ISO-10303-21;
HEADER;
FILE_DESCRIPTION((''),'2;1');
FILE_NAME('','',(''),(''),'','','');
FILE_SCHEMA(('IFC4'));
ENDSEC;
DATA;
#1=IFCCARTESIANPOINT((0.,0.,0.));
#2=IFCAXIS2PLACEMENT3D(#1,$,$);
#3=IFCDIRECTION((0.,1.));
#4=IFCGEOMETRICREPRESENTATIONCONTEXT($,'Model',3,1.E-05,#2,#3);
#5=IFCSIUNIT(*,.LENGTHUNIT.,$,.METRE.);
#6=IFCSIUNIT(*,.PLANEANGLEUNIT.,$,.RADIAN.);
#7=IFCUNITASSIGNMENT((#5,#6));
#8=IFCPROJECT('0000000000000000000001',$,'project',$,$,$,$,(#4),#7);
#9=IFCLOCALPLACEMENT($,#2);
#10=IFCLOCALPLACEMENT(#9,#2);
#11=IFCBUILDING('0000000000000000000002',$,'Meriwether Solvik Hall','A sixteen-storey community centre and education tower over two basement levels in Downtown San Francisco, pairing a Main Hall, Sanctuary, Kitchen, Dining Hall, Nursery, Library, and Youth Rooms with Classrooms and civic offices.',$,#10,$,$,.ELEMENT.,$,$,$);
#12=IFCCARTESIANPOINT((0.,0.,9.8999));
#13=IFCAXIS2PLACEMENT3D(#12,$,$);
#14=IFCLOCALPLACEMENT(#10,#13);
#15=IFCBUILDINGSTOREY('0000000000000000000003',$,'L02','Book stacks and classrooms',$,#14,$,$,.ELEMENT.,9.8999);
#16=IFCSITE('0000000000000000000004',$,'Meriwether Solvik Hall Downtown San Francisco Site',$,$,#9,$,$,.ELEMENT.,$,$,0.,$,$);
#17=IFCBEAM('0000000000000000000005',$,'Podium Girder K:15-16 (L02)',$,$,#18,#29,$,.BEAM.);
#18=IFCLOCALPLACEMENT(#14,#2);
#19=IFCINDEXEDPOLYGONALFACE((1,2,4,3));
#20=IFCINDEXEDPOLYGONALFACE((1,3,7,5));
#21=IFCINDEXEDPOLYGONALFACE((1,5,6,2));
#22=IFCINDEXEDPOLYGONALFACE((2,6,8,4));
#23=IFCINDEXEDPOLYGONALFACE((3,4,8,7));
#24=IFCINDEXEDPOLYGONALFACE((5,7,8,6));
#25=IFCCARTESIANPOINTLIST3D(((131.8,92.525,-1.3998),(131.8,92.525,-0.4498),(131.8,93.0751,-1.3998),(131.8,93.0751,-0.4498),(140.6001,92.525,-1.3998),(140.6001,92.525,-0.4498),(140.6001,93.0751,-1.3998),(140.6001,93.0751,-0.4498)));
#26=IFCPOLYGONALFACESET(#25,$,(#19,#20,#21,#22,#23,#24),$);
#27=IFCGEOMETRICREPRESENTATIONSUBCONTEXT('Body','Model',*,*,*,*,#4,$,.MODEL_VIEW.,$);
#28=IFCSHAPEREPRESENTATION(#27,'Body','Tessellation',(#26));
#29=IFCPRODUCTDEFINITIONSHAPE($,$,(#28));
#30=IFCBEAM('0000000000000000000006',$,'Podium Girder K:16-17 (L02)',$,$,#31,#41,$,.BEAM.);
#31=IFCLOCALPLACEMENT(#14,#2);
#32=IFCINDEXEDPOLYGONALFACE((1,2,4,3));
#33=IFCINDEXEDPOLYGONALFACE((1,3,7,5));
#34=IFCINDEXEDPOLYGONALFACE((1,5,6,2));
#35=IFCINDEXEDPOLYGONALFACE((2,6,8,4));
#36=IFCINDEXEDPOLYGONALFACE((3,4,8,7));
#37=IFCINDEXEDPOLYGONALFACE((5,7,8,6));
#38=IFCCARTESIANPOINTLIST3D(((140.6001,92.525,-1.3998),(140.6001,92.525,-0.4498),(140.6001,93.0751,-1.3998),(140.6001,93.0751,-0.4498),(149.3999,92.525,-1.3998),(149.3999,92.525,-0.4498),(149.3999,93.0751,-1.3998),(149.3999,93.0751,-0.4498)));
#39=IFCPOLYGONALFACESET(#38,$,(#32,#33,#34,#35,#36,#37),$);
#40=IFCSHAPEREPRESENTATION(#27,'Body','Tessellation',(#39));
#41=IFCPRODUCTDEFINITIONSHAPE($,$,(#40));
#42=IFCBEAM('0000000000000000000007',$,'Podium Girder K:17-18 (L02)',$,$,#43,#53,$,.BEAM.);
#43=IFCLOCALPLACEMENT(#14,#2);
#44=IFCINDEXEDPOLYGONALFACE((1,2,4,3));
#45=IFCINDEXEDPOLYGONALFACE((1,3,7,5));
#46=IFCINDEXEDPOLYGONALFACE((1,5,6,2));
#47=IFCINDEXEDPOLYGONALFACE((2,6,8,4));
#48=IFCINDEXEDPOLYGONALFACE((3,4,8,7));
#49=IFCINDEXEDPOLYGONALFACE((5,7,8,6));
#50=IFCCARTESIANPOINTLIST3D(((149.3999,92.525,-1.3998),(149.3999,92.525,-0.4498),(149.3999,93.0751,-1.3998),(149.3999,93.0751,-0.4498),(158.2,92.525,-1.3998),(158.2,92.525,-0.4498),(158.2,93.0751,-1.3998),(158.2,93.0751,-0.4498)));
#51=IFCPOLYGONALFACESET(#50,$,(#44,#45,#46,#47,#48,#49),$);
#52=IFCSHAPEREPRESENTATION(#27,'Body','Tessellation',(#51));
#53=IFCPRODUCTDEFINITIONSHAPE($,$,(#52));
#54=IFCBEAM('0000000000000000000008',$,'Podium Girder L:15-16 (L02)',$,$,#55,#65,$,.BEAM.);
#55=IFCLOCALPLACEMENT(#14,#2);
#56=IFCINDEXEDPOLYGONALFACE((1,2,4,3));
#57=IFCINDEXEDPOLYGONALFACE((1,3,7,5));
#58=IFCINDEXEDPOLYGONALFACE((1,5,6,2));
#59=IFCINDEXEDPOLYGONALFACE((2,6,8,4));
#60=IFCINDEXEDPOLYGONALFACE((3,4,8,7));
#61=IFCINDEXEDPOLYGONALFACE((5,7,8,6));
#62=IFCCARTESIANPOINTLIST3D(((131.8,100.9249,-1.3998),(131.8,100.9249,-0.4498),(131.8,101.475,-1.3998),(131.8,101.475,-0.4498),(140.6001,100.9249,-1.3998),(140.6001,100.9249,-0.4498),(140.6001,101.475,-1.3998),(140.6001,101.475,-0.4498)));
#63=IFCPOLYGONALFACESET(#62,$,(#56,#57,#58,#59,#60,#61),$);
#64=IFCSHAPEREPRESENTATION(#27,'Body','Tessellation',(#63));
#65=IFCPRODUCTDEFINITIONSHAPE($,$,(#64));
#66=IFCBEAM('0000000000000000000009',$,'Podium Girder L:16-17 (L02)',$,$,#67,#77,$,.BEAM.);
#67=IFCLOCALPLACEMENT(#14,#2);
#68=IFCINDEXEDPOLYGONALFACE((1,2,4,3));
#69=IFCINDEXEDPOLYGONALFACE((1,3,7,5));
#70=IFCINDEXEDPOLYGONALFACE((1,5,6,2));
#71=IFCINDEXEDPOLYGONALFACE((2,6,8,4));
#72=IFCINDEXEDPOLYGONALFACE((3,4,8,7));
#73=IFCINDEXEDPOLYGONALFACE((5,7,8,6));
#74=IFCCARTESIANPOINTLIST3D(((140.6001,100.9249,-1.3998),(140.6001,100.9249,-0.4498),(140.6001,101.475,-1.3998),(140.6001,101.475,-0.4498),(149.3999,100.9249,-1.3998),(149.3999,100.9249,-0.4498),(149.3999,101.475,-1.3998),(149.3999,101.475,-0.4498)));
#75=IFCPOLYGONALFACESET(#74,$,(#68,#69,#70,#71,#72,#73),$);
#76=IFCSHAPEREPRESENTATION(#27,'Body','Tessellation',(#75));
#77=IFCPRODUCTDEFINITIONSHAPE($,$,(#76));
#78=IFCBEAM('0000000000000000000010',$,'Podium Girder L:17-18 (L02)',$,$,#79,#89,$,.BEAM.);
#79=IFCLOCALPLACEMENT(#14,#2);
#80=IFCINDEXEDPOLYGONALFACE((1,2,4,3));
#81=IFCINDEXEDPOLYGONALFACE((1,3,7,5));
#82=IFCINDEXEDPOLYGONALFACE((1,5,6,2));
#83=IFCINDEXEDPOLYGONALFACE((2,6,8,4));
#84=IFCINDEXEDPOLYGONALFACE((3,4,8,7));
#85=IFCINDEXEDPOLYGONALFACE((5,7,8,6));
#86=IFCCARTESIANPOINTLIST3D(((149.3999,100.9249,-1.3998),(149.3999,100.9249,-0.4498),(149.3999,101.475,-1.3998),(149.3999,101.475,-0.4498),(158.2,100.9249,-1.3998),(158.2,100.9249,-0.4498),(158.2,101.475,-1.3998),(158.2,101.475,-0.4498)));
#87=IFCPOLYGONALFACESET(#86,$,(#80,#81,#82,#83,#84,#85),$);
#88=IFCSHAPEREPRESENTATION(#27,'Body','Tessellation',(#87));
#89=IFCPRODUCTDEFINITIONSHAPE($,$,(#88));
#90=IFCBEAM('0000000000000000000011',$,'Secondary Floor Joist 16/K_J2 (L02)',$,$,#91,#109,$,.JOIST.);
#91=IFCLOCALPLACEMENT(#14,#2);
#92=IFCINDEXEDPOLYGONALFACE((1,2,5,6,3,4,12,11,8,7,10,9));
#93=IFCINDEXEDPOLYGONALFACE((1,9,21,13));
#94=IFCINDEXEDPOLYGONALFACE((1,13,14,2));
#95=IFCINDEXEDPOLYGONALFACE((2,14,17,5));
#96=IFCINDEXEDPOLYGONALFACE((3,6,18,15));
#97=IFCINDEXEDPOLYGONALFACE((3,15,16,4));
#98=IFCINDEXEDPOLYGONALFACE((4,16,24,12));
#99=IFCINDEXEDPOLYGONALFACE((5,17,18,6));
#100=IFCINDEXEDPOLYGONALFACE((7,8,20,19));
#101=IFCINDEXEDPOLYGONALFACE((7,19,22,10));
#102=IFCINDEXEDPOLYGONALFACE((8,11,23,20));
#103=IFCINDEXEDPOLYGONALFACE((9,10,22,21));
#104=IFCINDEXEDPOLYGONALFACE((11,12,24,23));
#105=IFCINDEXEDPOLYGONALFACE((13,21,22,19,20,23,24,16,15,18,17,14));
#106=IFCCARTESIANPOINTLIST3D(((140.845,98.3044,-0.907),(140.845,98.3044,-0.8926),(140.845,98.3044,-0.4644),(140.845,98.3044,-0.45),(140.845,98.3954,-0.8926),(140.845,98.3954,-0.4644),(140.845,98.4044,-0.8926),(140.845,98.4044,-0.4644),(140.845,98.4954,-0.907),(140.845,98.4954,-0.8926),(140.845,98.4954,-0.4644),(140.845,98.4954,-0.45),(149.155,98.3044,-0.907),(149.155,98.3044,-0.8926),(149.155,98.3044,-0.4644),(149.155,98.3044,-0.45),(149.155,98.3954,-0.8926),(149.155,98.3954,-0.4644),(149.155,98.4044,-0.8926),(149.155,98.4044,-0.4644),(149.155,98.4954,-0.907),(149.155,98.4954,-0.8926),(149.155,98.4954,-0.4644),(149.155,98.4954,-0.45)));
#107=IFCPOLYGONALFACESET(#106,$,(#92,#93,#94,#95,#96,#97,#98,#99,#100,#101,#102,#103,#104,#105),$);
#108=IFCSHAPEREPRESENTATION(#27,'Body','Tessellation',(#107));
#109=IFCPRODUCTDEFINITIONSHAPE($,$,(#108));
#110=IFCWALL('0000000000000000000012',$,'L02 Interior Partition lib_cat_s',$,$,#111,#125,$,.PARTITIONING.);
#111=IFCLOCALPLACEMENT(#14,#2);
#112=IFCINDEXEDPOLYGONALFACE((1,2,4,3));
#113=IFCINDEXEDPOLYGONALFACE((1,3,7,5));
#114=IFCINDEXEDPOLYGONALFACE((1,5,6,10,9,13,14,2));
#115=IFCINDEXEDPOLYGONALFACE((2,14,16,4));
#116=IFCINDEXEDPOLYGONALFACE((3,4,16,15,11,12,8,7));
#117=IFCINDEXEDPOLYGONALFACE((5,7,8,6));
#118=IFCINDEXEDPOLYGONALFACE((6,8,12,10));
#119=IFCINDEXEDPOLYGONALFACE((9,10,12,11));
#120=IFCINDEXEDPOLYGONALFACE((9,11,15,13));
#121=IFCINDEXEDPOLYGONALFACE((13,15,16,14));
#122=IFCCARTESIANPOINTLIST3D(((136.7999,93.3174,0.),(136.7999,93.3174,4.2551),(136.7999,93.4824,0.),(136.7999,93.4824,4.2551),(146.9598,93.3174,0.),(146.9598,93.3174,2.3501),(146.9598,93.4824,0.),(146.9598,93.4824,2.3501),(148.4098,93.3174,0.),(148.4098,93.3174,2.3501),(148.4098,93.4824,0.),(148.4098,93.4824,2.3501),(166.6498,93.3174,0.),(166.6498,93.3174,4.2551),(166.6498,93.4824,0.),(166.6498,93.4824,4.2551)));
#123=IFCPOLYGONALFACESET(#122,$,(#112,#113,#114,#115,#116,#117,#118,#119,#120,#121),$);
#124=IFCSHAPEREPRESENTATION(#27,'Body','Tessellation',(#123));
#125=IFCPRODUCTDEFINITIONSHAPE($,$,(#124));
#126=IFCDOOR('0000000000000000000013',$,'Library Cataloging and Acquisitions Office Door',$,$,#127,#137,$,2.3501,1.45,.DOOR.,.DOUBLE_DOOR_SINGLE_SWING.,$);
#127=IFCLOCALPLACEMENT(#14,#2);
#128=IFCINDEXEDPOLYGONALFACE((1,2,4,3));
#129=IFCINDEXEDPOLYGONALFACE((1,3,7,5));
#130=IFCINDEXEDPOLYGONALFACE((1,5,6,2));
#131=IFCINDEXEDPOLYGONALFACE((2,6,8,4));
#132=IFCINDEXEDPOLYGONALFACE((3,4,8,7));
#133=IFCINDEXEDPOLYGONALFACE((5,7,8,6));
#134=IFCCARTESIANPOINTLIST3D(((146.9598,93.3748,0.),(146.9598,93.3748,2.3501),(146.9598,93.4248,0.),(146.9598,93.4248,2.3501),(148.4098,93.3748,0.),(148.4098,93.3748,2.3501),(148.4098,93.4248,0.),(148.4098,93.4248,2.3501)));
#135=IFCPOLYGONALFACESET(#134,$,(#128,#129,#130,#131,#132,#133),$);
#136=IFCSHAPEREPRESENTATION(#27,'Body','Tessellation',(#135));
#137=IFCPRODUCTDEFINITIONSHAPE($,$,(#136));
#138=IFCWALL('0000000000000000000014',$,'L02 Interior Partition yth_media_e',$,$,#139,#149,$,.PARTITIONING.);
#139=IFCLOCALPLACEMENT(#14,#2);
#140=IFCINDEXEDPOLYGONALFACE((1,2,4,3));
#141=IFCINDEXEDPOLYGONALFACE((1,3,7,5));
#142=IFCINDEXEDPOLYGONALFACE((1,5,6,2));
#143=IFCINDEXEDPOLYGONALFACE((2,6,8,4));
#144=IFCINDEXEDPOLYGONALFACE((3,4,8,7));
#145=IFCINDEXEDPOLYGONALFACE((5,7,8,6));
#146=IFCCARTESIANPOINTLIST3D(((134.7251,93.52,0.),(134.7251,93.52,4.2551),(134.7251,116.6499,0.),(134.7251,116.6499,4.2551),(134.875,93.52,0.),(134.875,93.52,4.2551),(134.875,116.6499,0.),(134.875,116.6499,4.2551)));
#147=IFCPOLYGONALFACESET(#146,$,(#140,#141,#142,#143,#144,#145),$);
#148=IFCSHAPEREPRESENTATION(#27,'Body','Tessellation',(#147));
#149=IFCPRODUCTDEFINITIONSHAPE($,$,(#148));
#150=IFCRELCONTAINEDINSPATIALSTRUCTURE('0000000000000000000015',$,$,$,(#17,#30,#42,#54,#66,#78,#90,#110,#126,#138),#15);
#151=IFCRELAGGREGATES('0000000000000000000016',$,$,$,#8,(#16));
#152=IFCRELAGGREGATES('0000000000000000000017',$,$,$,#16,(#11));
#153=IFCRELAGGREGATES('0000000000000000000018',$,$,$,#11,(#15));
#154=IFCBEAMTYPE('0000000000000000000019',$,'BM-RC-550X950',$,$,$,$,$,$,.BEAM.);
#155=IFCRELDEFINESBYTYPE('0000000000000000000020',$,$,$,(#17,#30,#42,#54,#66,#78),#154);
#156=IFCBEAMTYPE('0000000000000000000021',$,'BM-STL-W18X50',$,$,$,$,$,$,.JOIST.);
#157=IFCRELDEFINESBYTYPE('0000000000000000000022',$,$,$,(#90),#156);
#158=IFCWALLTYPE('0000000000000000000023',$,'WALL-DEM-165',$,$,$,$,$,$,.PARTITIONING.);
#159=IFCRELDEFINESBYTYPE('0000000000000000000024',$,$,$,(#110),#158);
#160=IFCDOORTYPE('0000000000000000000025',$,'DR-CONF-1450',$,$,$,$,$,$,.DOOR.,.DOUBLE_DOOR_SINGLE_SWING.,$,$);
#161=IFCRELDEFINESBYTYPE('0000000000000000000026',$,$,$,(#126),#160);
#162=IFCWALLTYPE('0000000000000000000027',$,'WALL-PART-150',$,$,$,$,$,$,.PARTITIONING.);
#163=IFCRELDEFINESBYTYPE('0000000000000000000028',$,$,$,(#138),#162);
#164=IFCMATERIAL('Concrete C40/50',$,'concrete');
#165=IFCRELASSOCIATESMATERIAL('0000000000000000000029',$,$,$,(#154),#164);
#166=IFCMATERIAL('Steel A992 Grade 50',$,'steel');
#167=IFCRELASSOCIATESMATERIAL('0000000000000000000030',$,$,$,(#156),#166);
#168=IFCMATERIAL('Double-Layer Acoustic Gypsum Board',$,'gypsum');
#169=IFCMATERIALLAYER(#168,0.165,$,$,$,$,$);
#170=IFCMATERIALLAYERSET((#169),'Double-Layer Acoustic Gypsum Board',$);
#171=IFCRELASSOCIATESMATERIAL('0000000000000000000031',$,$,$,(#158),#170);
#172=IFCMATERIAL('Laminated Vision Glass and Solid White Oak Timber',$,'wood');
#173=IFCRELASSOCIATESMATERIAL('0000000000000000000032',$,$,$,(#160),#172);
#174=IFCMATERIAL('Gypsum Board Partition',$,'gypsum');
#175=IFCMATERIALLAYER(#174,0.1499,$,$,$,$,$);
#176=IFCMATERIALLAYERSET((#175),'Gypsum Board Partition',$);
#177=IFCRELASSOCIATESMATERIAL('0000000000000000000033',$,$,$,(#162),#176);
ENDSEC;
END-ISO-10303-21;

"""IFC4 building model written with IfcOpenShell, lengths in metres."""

from ifc_helpers import new_model, si_unit, direction, frame, frame_2d, origin, origin_2d, place, context, subcontext, project, spatial, rectangle, i_section, extrude, material, layer, layer_set, material_profile, profile_set, type_object, element, fill, save


model = new_model("IFC4")

# Units and contexts
model_context = context("Model", 3, precision=1e-05, world=origin(), true_north=direction((0.0, 1.0)))
body_context = subcontext(model_context, "Body", "Model", "MODEL_VIEW")
ifc_project = project(units=[si_unit("LENGTHUNIT", "METRE"), si_unit("PLANEANGLEUNIT", "RADIAN")], contexts=[model_context])

# Site, building, storey
site_placement = place(None, origin())
site = spatial("IfcSite", under=ifc_project, at=site_placement, Name="Meriwether Solvik Hall Downtown San Francisco Site", CompositionType="ELEMENT", RefElevation=0.0)
building_placement = place(site_placement, origin())
building = spatial("IfcBuilding", under=site, at=building_placement, Name="Meriwether Solvik Hall", Description="A sixteen-storey community centre and education tower over two basement levels in Downtown San Francisco, pairing a Main Hall, Sanctuary, Kitchen, Dining Hall, Nursery, Library, and Youth Rooms with Classrooms and civic offices.", CompositionType="ELEMENT")
storey_placement = place(building_placement, frame((0.0, 0.0, 9.8999)))
storey = spatial("IfcBuildingStorey", under=building, at=storey_placement, Name="L02", Description="Book stacks and classrooms", CompositionType="ELEMENT", Elevation=9.8999)

# Beams
ifc_material_1 = material(Name="Concrete C40/50", Category="concrete")
ifc_material_profile_1 = material_profile(ifc_material_1, rectangle(XDim=0.55, YDim=0.95, at=origin_2d()), Name="RCB-550X950")
ifc_profile_set_1 = profile_set([ifc_material_profile_1], Name="Concrete C40/50")
beam_type_1 = type_object("IfcBeamType", Name="BM-RC-550X950", PredefinedType="BEAM", material=ifc_profile_set_1)
beam_1_placement = place(storey_placement, frame((131.8, 92.8, -0.9248), z_axis=(1.0, 0.0, 0.0), x_axis=(0.0, 1.0, 0.0)))
element("IfcBeam", 1, at=beam_1_placement, inside=storey, type_object=beam_type_1, Name="Podium Girder K:15-16 (L02)", PredefinedType="BEAM", context=body_context, shape_type="SweptSolid", body=[
    extrude(rectangle(XDim=0.55, YDim=0.95, at=origin_2d()), origin(), (0.0, 0.0, 1.0), 8.8),
])
beam_2_placement = place(storey_placement, frame((140.6001, 92.8, -0.9248), z_axis=(1.0, 0.0, 0.0), x_axis=(0.0, 1.0, 0.0)))
element("IfcBeam", 2, at=beam_2_placement, inside=storey, type_object=beam_type_1, Name="Podium Girder K:16-17 (L02)", PredefinedType="BEAM", context=body_context, shape_type="SweptSolid", body=[
    extrude(rectangle(XDim=0.55, YDim=0.95, at=origin_2d()), origin(), (0.0, 0.0, 1.0), 8.7998),
])
for number, where, z_axis, x_axis, name in (
    (3, (149.3999, 92.8, -0.9248), (1.0, 0.0, 0.0), (0.0, 1.0, 0.0), "Podium Girder K:17-18 (L02)"),
    (4, (131.8, 101.2, -0.9248), (1.0, 0.0, 0.0), (0.0, 1.0, 0.0), "Podium Girder L:15-16 (L02)"),
):
    element("IfcBeam", number, at=place(storey_placement, frame(where, z_axis=z_axis, x_axis=x_axis)), inside=storey, type_object=beam_type_1, Name=name, PredefinedType="BEAM", context=body_context, shape_type="SweptSolid", body=[
        extrude(rectangle(XDim=0.55, YDim=0.95, at=origin_2d()), origin(), (0.0, 0.0, 1.0), 8.8),
    ])
beam_3_placement = place(storey_placement, frame((140.6001, 101.2, -0.9248), z_axis=(1.0, 0.0, 0.0), x_axis=(0.0, 1.0, 0.0)))
element("IfcBeam", 5, at=beam_3_placement, inside=storey, type_object=beam_type_1, Name="Podium Girder L:16-17 (L02)", PredefinedType="BEAM", context=body_context, shape_type="SweptSolid", body=[
    extrude(rectangle(XDim=0.55, YDim=0.95, at=origin_2d()), origin(), (0.0, 0.0, 1.0), 8.7998),
])
beam_4_placement = place(storey_placement, frame((149.3999, 101.2, -0.9248), z_axis=(1.0, 0.0, 0.0), x_axis=(0.0, 1.0, 0.0)))
element("IfcBeam", 6, at=beam_4_placement, inside=storey, type_object=beam_type_1, Name="Podium Girder L:17-18 (L02)", PredefinedType="BEAM", context=body_context, shape_type="SweptSolid", body=[
    extrude(rectangle(XDim=0.55, YDim=0.95, at=origin_2d()), origin(), (0.0, 0.0, 1.0), 8.8),
])
ifc_material_2 = material(Name="Steel A992 Grade 50", Category="steel")
ifc_material_profile_2 = material_profile(ifc_material_2, i_section(OverallWidth=0.1909, OverallDepth=0.457, WebThickness=0.009, FlangeThickness=0.0144, at=origin_2d()), Name="W18X50")
ifc_profile_set_2 = profile_set([ifc_material_profile_2], Name="Steel A992 Grade 50")
beam_type_2 = type_object("IfcBeamType", Name="BM-STL-W18X50", PredefinedType="JOIST", material=ifc_profile_set_2)
beam_5_placement = place(storey_placement, frame((140.845, 98.3999, -0.6785), z_axis=(1.0, 0.0, 0.0), x_axis=(0.0, 1.0, 0.0)))
element("IfcBeam", 7, at=beam_5_placement, inside=storey, type_object=beam_type_2, Name="Secondary Floor Joist 16/K_J2 (L02)", PredefinedType="JOIST", context=body_context, shape_type="SweptSolid", body=[
    extrude(i_section(OverallWidth=0.1909, OverallDepth=0.457, WebThickness=0.009, FlangeThickness=0.0144, at=origin_2d()), origin(), (0.0, 0.0, 1.0), 8.3101),
])

# Wall, opening, door
ifc_material_3 = material(Name="Double-Layer Acoustic Gypsum Board", Category="gypsum")
ifc_layer_1 = layer(ifc_material_3, 0.165)
ifc_layer_set_1 = layer_set([ifc_layer_1], Name="Double-Layer Acoustic Gypsum Board")
wall_type_1 = type_object("IfcWallType", Name="WALL-DEM-165", PredefinedType="PARTITIONING", material=ifc_layer_set_1)
wall_1_placement = place(storey_placement, frame((136.8, 93.3999, 0.0), z_axis=(0.0, 0.0, 1.0), x_axis=(1.0, 0.0, 0.0)))
wall_1 = element("IfcWall", 8, at=wall_1_placement, inside=storey, type_object=wall_type_1, Name="L02 Interior Partition lib_cat_s", PredefinedType="PARTITIONING", context=body_context, shape_type="SweptSolid", body=[
    extrude(rectangle(XDim=29.8499, YDim=0.165, at=frame_2d((14.9248, 0.0))), origin(), (0.0, 0.0, 1.0), 4.2551),
])
opening_placement = place(wall_1_placement, frame((10.1597, 0.0, 0.0)))
opening = element("IfcOpeningElement", 9, at=opening_placement, cuts=wall_1, PredefinedType="OPENING", context=body_context, shape_type="SweptSolid", body=[
    extrude(rectangle(XDim=1.45, YDim=2.3501, at=frame_2d((0.7251, 1.175))), frame((0.0, 0.0945, 0.0), z_axis=(0.0, -1.0, 0.0), x_axis=(1.0, 0.0, 0.0)), (0.0, 0.0, 1.0), 0.189),
])
ifc_material_4 = material(Name="Laminated Vision Glass and Solid White Oak Timber", Category="wood")
door_type = type_object("IfcDoorType", Name="DR-CONF-1450", OperationType="DOUBLE_DOOR_SINGLE_SWING", PredefinedType="DOOR", material=ifc_material_4)
door_placement = place(opening_placement, origin())
door = element("IfcDoor", 10, at=door_placement, inside=storey, type_object=door_type, Name="Library Cataloging and Acquisitions Office Door", OperationType="DOUBLE_DOOR_SINGLE_SWING", OverallHeight=2.3501, OverallWidth=1.45, PredefinedType="DOOR", context=body_context, shape_type="SweptSolid", body=[
    extrude(rectangle(XDim=1.45, YDim=2.3501, at=frame_2d((0.7251, 1.175))), frame((0.0, 0.0249, 0.0), z_axis=(0.0, -1.0, 0.0), x_axis=(1.0, 0.0, 0.0)), (0.0, 0.0, 1.0), 0.05),
])
fill(opening, door)

# Wall
ifc_material_5 = material(Name="Gypsum Board Partition", Category="gypsum")
ifc_layer_2 = layer(ifc_material_5, 0.1499)
ifc_layer_set_2 = layer_set([ifc_layer_2], Name="Gypsum Board Partition")
wall_type_2 = type_object("IfcWallType", Name="WALL-PART-150", PredefinedType="PARTITIONING", material=ifc_layer_set_2)
wall_2_placement = place(storey_placement, frame((134.8, 93.52, 0.0), z_axis=(0.0, 0.0, 1.0), x_axis=(0.0, 1.0, 0.0)))
element("IfcWall", 11, at=wall_2_placement, inside=storey, type_object=wall_type_2, Name="L02 Interior Partition yth_media_e", PredefinedType="PARTITIONING", context=body_context, shape_type="SweptSolid", body=[
    extrude(rectangle(XDim=23.1299, YDim=0.1499, at=frame_2d((11.5649, 0.0))), origin(), (0.0, 0.0, 1.0), 4.2551),
])

save(model, "model.ifc")
